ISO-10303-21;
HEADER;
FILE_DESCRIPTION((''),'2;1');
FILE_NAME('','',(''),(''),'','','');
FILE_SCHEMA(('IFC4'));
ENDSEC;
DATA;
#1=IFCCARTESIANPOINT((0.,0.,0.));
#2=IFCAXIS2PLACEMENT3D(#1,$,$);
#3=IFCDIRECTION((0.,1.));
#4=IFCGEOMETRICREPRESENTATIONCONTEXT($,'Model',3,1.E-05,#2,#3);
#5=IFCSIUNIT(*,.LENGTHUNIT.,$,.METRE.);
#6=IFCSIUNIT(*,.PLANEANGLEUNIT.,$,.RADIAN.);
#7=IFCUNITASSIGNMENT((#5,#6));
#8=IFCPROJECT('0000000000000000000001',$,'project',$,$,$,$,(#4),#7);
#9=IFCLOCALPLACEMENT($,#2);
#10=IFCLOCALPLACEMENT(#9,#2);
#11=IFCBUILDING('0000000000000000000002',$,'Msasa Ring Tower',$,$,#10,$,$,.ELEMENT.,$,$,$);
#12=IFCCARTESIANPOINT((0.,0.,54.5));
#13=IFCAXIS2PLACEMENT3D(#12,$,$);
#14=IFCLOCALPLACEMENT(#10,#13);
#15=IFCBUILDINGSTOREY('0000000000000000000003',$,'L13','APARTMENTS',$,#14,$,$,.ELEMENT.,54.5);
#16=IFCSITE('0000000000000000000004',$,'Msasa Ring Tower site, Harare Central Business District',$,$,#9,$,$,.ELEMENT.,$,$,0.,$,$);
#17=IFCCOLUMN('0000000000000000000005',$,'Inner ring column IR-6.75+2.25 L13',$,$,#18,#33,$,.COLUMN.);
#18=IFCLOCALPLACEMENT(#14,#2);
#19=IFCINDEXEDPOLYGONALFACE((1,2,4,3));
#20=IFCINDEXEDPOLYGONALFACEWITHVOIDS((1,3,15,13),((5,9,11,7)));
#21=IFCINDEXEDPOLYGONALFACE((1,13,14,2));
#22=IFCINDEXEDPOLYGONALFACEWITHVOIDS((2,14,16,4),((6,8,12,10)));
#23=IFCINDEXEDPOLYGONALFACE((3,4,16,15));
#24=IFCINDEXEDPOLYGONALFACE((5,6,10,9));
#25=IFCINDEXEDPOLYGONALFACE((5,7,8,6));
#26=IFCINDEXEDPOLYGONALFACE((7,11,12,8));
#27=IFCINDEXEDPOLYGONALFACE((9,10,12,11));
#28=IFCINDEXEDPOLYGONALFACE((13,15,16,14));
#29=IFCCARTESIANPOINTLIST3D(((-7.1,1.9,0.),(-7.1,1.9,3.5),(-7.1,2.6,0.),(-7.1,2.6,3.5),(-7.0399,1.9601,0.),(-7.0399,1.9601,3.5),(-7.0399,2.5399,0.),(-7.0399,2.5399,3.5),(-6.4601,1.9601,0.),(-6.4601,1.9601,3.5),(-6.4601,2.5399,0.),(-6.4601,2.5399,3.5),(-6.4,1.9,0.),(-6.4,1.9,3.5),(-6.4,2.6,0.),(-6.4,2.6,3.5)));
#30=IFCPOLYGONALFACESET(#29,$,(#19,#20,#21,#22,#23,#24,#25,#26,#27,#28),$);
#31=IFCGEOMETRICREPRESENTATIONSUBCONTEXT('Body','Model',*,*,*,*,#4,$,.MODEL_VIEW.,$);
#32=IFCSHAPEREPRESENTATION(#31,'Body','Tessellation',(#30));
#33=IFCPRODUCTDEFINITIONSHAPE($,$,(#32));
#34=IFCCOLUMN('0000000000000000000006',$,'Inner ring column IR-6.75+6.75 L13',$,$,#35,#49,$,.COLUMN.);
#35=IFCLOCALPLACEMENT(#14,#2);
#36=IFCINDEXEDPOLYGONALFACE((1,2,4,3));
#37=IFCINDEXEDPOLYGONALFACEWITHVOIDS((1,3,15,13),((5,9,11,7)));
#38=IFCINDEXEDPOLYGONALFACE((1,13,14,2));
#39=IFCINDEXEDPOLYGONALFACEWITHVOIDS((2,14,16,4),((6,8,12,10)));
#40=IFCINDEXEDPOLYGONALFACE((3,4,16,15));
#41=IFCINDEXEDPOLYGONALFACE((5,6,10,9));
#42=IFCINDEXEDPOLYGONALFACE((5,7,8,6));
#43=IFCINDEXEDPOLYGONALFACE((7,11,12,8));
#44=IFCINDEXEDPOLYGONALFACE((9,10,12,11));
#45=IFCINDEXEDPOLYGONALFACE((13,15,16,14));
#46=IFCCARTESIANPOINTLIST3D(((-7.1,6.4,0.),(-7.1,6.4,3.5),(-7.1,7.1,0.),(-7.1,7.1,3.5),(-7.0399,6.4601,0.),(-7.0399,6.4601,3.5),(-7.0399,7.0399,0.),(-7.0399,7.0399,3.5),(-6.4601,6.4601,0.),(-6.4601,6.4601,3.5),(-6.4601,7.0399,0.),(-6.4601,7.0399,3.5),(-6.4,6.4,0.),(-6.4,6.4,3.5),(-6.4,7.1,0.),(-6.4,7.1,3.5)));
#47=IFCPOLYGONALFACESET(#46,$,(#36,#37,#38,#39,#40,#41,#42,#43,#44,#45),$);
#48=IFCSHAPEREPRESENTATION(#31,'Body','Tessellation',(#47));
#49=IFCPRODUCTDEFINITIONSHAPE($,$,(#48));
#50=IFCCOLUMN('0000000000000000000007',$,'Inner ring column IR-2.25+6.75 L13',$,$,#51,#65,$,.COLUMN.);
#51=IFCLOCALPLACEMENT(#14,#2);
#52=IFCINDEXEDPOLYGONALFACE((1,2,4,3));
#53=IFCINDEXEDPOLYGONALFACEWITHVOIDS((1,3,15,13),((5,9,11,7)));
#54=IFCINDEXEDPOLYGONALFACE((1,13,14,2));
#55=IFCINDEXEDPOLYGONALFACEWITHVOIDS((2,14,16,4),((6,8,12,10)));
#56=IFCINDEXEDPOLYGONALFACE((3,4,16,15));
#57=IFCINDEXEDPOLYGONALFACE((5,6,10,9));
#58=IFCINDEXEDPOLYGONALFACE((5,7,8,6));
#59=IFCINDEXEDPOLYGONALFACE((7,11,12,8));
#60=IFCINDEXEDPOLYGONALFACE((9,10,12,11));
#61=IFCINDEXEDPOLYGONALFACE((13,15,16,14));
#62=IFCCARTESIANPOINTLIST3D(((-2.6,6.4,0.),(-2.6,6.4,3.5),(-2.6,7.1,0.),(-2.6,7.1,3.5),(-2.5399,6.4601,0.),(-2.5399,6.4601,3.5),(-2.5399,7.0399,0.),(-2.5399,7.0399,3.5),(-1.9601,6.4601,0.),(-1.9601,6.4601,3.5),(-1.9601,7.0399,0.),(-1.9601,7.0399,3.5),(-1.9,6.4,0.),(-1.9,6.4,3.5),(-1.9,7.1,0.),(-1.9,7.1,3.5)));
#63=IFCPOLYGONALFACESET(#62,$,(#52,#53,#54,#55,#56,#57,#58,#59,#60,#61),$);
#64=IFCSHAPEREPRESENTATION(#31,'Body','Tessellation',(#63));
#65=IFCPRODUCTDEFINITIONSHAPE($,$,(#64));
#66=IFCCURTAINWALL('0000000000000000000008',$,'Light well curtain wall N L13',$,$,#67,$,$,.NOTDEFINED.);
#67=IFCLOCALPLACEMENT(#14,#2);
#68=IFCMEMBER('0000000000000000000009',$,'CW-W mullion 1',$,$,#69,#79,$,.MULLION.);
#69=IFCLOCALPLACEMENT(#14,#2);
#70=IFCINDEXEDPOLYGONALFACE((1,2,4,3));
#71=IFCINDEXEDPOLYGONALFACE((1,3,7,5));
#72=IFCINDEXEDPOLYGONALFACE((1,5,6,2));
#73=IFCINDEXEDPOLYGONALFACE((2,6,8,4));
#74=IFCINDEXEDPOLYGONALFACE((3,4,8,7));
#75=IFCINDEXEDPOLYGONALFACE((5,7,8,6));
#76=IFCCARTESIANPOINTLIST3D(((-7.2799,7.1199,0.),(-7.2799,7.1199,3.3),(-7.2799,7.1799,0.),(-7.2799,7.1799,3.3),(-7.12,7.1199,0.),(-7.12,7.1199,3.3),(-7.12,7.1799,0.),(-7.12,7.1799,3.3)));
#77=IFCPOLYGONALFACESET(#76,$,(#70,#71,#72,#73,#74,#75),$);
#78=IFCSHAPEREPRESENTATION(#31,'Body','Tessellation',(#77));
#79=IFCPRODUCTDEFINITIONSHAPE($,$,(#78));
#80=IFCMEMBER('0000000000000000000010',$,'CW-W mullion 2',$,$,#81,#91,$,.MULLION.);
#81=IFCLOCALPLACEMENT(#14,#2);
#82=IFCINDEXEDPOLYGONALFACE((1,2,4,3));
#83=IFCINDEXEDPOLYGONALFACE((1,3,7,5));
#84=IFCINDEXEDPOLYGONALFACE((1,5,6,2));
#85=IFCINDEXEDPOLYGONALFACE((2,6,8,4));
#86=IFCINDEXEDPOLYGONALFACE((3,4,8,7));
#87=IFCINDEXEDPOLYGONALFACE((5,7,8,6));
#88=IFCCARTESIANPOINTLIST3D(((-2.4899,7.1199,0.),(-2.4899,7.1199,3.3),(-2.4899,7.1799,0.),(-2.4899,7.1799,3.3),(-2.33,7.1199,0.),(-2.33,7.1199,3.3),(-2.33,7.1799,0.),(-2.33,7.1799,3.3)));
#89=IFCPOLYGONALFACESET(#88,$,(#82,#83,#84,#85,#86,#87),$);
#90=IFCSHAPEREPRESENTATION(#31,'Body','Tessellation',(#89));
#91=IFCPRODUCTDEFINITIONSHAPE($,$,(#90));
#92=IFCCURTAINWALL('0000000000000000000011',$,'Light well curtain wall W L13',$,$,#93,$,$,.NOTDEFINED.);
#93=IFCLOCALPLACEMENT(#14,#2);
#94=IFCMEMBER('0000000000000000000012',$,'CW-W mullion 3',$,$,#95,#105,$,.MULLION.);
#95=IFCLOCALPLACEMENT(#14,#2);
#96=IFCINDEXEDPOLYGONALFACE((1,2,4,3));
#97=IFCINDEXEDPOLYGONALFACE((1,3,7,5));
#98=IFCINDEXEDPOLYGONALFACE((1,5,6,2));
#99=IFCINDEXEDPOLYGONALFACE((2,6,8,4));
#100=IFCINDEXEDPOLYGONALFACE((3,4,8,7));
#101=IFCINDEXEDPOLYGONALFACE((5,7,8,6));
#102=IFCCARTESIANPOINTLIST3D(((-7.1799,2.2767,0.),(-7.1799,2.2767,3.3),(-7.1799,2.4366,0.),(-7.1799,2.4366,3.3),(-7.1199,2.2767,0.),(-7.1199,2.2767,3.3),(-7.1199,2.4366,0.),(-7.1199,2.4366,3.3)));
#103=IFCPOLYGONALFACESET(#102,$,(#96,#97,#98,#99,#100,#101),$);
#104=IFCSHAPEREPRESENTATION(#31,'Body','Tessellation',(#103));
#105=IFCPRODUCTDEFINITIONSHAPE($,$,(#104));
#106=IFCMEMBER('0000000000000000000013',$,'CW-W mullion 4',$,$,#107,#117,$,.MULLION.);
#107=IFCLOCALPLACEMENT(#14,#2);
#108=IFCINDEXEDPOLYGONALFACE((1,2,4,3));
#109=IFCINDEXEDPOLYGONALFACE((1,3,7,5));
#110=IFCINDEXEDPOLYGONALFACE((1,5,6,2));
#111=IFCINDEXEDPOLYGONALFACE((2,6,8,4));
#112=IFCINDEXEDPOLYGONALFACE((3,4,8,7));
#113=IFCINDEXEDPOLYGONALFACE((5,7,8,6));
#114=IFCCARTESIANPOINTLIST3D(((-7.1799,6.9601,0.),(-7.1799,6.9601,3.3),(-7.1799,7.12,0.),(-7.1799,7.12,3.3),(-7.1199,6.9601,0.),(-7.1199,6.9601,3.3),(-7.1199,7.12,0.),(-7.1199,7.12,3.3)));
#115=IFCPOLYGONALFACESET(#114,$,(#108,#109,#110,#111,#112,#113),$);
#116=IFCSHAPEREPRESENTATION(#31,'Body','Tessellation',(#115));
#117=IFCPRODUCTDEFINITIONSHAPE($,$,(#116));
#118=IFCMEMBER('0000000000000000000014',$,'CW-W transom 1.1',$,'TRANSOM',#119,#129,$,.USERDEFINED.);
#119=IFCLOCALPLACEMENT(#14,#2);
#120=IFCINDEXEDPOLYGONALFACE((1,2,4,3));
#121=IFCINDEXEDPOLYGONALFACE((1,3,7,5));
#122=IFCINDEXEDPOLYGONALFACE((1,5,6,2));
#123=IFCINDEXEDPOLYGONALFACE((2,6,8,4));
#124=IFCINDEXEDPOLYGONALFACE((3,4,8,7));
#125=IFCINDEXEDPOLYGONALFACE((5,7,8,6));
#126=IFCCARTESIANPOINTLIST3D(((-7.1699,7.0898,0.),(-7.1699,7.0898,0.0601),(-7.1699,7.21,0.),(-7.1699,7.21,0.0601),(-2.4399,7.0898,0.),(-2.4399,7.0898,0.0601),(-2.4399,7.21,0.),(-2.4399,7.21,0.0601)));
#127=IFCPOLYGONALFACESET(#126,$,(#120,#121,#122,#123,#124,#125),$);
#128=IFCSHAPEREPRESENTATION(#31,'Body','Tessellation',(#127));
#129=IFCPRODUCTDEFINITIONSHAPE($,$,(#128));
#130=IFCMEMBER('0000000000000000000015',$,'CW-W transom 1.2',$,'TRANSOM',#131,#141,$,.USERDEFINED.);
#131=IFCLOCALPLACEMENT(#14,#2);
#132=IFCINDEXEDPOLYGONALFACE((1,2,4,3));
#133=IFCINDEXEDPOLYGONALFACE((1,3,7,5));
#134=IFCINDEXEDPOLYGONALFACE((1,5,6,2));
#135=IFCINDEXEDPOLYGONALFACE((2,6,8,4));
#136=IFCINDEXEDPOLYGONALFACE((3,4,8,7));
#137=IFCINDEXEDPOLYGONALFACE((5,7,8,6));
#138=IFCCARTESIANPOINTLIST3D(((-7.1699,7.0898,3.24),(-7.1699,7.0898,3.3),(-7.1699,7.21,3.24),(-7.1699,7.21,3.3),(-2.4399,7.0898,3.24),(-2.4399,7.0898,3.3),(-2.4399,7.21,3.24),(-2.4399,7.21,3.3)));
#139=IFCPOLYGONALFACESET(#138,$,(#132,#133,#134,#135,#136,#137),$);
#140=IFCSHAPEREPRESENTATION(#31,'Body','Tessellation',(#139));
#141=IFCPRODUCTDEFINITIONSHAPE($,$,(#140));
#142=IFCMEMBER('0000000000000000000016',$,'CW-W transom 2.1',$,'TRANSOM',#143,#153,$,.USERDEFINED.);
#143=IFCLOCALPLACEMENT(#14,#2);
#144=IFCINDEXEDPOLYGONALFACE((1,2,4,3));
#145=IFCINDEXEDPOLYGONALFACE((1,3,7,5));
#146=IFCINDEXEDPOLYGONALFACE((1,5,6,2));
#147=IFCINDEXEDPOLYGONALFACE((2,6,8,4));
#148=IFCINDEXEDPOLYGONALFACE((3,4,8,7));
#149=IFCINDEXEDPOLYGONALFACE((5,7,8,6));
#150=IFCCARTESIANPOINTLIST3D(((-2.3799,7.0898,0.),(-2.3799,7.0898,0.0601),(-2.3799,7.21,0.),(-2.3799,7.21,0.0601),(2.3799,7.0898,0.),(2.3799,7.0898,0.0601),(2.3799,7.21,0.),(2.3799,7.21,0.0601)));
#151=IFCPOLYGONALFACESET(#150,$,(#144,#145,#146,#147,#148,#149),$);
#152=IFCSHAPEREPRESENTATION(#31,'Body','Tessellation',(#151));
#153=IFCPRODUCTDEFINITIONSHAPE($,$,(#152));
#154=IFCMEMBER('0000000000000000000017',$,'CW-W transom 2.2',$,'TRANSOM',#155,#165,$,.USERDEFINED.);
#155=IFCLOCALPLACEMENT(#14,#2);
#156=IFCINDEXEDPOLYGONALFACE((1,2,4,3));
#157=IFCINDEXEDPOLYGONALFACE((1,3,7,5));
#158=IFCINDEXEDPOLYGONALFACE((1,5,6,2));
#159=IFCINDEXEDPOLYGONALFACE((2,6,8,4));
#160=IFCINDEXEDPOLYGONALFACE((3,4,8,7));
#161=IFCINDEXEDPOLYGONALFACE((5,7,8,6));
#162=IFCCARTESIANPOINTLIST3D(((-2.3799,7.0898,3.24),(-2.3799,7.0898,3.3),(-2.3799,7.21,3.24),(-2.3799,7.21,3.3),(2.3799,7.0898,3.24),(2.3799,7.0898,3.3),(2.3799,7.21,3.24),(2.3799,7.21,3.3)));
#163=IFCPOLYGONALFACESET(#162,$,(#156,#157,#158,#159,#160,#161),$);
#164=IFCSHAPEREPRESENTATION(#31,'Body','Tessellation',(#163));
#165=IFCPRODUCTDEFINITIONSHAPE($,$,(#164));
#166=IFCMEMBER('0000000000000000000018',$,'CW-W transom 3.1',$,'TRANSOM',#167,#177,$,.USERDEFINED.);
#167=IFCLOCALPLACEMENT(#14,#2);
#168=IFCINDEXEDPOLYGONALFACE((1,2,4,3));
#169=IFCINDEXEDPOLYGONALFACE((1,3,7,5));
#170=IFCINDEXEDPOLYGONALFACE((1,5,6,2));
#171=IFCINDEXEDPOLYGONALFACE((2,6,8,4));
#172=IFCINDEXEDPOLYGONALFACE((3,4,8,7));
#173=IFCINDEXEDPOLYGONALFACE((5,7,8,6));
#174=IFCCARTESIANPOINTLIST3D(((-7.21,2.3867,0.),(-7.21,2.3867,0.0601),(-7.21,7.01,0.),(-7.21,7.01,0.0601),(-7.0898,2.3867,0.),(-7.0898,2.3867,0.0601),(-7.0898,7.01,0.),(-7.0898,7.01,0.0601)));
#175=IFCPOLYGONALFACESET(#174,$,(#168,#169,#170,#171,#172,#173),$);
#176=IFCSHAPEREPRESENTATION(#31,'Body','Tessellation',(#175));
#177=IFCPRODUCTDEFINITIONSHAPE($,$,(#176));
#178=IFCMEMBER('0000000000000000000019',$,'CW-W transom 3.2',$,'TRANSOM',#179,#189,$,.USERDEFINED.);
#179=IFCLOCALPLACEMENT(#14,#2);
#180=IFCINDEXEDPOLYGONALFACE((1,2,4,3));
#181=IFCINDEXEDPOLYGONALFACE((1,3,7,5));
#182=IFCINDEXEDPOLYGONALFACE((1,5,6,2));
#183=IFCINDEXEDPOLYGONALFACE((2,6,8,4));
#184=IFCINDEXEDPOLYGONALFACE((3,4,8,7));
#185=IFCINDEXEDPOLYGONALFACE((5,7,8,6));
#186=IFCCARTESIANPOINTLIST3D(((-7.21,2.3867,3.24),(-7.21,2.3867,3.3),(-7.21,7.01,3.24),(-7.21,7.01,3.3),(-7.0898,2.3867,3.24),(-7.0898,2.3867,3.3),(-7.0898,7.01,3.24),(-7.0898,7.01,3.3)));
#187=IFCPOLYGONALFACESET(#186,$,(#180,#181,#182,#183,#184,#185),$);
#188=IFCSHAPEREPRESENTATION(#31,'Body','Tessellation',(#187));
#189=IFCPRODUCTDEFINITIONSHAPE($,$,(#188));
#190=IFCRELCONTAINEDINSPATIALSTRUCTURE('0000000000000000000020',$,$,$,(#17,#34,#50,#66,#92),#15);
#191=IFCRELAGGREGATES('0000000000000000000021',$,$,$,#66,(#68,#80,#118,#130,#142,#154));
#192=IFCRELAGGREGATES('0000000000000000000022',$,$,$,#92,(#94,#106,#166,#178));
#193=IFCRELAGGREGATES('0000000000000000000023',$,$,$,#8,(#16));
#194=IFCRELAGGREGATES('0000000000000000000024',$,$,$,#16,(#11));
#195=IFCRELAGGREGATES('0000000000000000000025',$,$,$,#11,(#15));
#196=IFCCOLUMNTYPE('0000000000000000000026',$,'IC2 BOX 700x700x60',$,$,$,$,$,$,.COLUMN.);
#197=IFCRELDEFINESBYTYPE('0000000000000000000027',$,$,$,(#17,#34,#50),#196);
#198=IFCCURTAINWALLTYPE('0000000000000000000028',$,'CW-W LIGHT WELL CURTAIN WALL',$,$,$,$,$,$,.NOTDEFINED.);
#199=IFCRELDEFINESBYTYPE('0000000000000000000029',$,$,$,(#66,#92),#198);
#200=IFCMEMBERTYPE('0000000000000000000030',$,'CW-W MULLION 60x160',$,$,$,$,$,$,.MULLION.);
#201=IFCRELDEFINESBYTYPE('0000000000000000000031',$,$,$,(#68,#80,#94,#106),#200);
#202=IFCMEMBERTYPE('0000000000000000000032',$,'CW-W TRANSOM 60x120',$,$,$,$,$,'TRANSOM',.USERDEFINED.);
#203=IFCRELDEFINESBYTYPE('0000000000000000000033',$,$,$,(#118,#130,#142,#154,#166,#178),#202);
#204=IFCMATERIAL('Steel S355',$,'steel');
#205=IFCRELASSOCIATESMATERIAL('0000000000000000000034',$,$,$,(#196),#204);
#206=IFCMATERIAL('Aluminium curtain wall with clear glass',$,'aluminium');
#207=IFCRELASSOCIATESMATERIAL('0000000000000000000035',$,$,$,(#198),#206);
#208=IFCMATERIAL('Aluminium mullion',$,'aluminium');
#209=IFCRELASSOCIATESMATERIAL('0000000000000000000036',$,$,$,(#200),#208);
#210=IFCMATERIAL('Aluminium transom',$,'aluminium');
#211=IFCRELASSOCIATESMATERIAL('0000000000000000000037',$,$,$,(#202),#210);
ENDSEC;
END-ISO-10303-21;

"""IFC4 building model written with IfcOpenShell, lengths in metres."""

from ifc_helpers import new_model, si_unit, direction, frame, origin, origin_2d, place, context, subcontext, project, spatial, rectangle, hollow_rectangle, extrude, material, material_profile, profile_set, type_object, element, aggregate, save


model = new_model("IFC4")

# Units and contexts
model_context = context("Model", 3, precision=1e-05, world=origin(), true_north=direction((0.0, 1.0)))
body_context = subcontext(model_context, "Body", "Model", "MODEL_VIEW")
ifc_project = project(units=[si_unit("LENGTHUNIT", "METRE"), si_unit("PLANEANGLEUNIT", "RADIAN")], contexts=[model_context])

# Site, building, storey
site_placement = place(None, origin())
site = spatial("IfcSite", under=ifc_project, at=site_placement, Name="Msasa Ring Tower site, Harare Central Business District", CompositionType="ELEMENT", RefElevation=0.0)
building_placement = place(site_placement, origin())
building = spatial("IfcBuilding", under=site, at=building_placement, Name="Msasa Ring Tower", CompositionType="ELEMENT")
storey_placement = place(building_placement, frame((0.0, 0.0, 54.5)))
storey = spatial("IfcBuildingStorey", under=building, at=storey_placement, Name="L13", Description="APARTMENTS", CompositionType="ELEMENT", Elevation=54.5)

# Columns
ifc_material_1 = material(Name="Steel S355", Category="steel")
ifc_material_profile_1 = material_profile(ifc_material_1, hollow_rectangle(XDim=0.7, YDim=0.7, WallThickness=0.0601, at=origin_2d()), Name="BOX 700x700x60")
ifc_profile_set_1 = profile_set([ifc_material_profile_1], Name="Steel S355")
column_type = type_object("IfcColumnType", Name="IC2 BOX 700x700x60", PredefinedType="COLUMN", material=ifc_profile_set_1)
for number, where, z_axis, x_axis, name in (
    (1, (-6.75, 2.25, 0.0), (0.0, 0.0, 1.0), (1.0, 0.0, 0.0), "Inner ring column IR-6.75+2.25 L13"),
    (2, (-6.75, 6.75, 0.0), (0.0, 0.0, 1.0), (1.0, 0.0, 0.0), "Inner ring column IR-6.75+6.75 L13"),
    (3, (-2.25, 6.75, 0.0), (0.0, 0.0, 1.0), (1.0, 0.0, 0.0), "Inner ring column IR-2.25+6.75 L13"),
):
    element("IfcColumn", number, at=place(storey_placement, frame(where, z_axis=z_axis, x_axis=x_axis)), inside=storey, type_object=column_type, Name=name, PredefinedType="COLUMN", context=body_context, shape_type="SweptSolid", body=[
        extrude(hollow_rectangle(XDim=0.7, YDim=0.7, WallThickness=0.0601, at=origin_2d()), origin(), (0.0, 0.0, 1.0), 3.5),
    ])

# Curtain walls, members
ifc_material_2 = material(Name="Aluminium curtain wall with clear glass", Category="aluminium")
curtain_wall_type = type_object("IfcCurtainWallType", Name="CW-W LIGHT WELL CURTAIN WALL", PredefinedType="NOTDEFINED", material=ifc_material_2)
curtain_wall_1_placement = place(storey_placement, origin())
curtain_wall_1 = element("IfcCurtainWall", 4, at=curtain_wall_1_placement, inside=storey, type_object=curtain_wall_type, Name="Light well curtain wall N L13", PredefinedType="NOTDEFINED")
ifc_material_3 = material(Name="Aluminium mullion", Category="aluminium")
ifc_material_profile_2 = material_profile(ifc_material_3, rectangle(XDim=0.0601, YDim=0.1599, at=origin_2d()), Name="AL 60x160")
ifc_profile_set_2 = profile_set([ifc_material_profile_2], Name="Aluminium mullion")
member_type_1 = type_object("IfcMemberType", Name="CW-W MULLION 60x160", PredefinedType="MULLION", material=ifc_profile_set_2)
member_1_placement = place(storey_placement, frame((-7.2, 7.1499, 0.0), z_axis=(0.0, 0.0, 1.0), x_axis=(0.0, 1.0, 0.0)))
member_1 = element("IfcMember", 5, at=member_1_placement, type_object=member_type_1, Name="CW-W mullion 1", PredefinedType="MULLION", context=body_context, shape_type="SweptSolid", body=[
    extrude(rectangle(XDim=0.0601, YDim=0.1599, at=origin_2d()), origin(), (0.0, 0.0, 1.0), 3.3),
])
member_2_placement = place(storey_placement, frame((-2.4099, 7.1499, 0.0), z_axis=(0.0, 0.0, 1.0), x_axis=(0.0, 1.0, 0.0)))
member_2 = element("IfcMember", 6, at=member_2_placement, type_object=member_type_1, Name="CW-W mullion 2", PredefinedType="MULLION", context=body_context, shape_type="SweptSolid", body=[
    extrude(rectangle(XDim=0.0601, YDim=0.1599, at=origin_2d()), origin(), (0.0, 0.0, 1.0), 3.3),
])
curtain_wall_2_placement = place(storey_placement, origin())
curtain_wall_2 = element("IfcCurtainWall", 7, at=curtain_wall_2_placement, inside=storey, type_object=curtain_wall_type, Name="Light well curtain wall W L13", PredefinedType="NOTDEFINED")
member_3_placement = place(storey_placement, frame((-7.1499, 2.3567, 0.0), z_axis=(0.0, 0.0, 1.0), x_axis=(-1.0, 0.0, 0.0)))
member_3 = element("IfcMember", 8, at=member_3_placement, type_object=member_type_1, Name="CW-W mullion 3", PredefinedType="MULLION", context=body_context, shape_type="SweptSolid", body=[
    extrude(rectangle(XDim=0.0601, YDim=0.1599, at=origin_2d()), origin(), (0.0, 0.0, 1.0), 3.3),
])
member_4_placement = place(storey_placement, frame((-7.1499, 7.04, 0.0), z_axis=(0.0, 0.0, 1.0), x_axis=(-1.0, 0.0, 0.0)))
member_4 = element("IfcMember", 9, at=member_4_placement, type_object=member_type_1, Name="CW-W mullion 4", PredefinedType="MULLION", context=body_context, shape_type="SweptSolid", body=[
    extrude(rectangle(XDim=0.0601, YDim=0.1599, at=origin_2d()), origin(), (0.0, 0.0, 1.0), 3.3),
])

# Members
ifc_material_4 = material(Name="Aluminium transom", Category="aluminium")
ifc_material_profile_3 = material_profile(ifc_material_4, rectangle(XDim=0.1201, YDim=0.0601, at=origin_2d()), Name="AL 60x120")
ifc_profile_set_3 = profile_set([ifc_material_profile_3], Name="Aluminium transom")
member_type_2 = type_object("IfcMemberType", Name="CW-W TRANSOM 60x120", ElementType="TRANSOM", PredefinedType="USERDEFINED", material=ifc_profile_set_3)
member_5_placement = place(storey_placement, frame((-7.1699, 7.1499, 0.03), z_axis=(1.0, 0.0, 0.0), x_axis=(0.0, 1.0, 0.0)))
member_5 = element("IfcMember", 10, at=member_5_placement, type_object=member_type_2, Name="CW-W transom 1.1", ObjectType="TRANSOM", PredefinedType="USERDEFINED", context=body_context, shape_type="SweptSolid", body=[
    extrude(rectangle(XDim=0.1201, YDim=0.0601, at=origin_2d()), origin(), (0.0, 0.0, 1.0), 4.73),
])
member_6_placement = place(storey_placement, frame((-7.1699, 7.1499, 3.27), z_axis=(1.0, 0.0, 0.0), x_axis=(0.0, 1.0, 0.0)))
member_6 = element("IfcMember", 11, at=member_6_placement, type_object=member_type_2, Name="CW-W transom 1.2", ObjectType="TRANSOM", PredefinedType="USERDEFINED", context=body_context, shape_type="SweptSolid", body=[
    extrude(rectangle(XDim=0.1201, YDim=0.0601, at=origin_2d()), origin(), (0.0, 0.0, 1.0), 4.73),
])
member_7_placement = place(storey_placement, frame((-2.3799, 7.1499, 0.03), z_axis=(1.0, 0.0, 0.0), x_axis=(0.0, 1.0, 0.0)))
member_7 = element("IfcMember", 12, at=member_7_placement, type_object=member_type_2, Name="CW-W transom 2.1", ObjectType="TRANSOM", PredefinedType="USERDEFINED", context=body_context, shape_type="SweptSolid", body=[
    extrude(rectangle(XDim=0.1201, YDim=0.0601, at=origin_2d()), origin(), (0.0, 0.0, 1.0), 4.7598),
])
member_8_placement = place(storey_placement, frame((-2.3799, 7.1499, 3.27), z_axis=(1.0, 0.0, 0.0), x_axis=(0.0, 1.0, 0.0)))
member_8 = element("IfcMember", 13, at=member_8_placement, type_object=member_type_2, Name="CW-W transom 2.2", ObjectType="TRANSOM", PredefinedType="USERDEFINED", context=body_context, shape_type="SweptSolid", body=[
    extrude(rectangle(XDim=0.1201, YDim=0.0601, at=origin_2d()), origin(), (0.0, 0.0, 1.0), 4.7598),
])
member_9_placement = place(storey_placement, frame((-7.1499, 2.3867, 0.03), z_axis=(0.0, 1.0, 0.0), x_axis=(-1.0, 0.0, 0.0)))
member_9 = element("IfcMember", 14, at=member_9_placement, type_object=member_type_2, Name="CW-W transom 3.1", ObjectType="TRANSOM", PredefinedType="USERDEFINED", context=body_context, shape_type="SweptSolid", body=[
    extrude(rectangle(XDim=0.1201, YDim=0.0601, at=origin_2d()), origin(), (0.0, 0.0, 1.0), 4.6233),
])
member_10_placement = place(storey_placement, frame((-7.1499, 2.3867, 3.27), z_axis=(0.0, 1.0, 0.0), x_axis=(-1.0, 0.0, 0.0)))
member_10 = element("IfcMember", 15, at=member_10_placement, type_object=member_type_2, Name="CW-W transom 3.2", ObjectType="TRANSOM", PredefinedType="USERDEFINED", context=body_context, shape_type="SweptSolid", body=[
    extrude(rectangle(XDim=0.1201, YDim=0.0601, at=origin_2d()), origin(), (0.0, 0.0, 1.0), 4.6233),
])

aggregate(curtain_wall_1, [member_1, member_2, member_5, member_6, member_7, member_8])
aggregate(curtain_wall_2, [member_3, member_4, member_9, member_10])

save(model, "model.ifc")
